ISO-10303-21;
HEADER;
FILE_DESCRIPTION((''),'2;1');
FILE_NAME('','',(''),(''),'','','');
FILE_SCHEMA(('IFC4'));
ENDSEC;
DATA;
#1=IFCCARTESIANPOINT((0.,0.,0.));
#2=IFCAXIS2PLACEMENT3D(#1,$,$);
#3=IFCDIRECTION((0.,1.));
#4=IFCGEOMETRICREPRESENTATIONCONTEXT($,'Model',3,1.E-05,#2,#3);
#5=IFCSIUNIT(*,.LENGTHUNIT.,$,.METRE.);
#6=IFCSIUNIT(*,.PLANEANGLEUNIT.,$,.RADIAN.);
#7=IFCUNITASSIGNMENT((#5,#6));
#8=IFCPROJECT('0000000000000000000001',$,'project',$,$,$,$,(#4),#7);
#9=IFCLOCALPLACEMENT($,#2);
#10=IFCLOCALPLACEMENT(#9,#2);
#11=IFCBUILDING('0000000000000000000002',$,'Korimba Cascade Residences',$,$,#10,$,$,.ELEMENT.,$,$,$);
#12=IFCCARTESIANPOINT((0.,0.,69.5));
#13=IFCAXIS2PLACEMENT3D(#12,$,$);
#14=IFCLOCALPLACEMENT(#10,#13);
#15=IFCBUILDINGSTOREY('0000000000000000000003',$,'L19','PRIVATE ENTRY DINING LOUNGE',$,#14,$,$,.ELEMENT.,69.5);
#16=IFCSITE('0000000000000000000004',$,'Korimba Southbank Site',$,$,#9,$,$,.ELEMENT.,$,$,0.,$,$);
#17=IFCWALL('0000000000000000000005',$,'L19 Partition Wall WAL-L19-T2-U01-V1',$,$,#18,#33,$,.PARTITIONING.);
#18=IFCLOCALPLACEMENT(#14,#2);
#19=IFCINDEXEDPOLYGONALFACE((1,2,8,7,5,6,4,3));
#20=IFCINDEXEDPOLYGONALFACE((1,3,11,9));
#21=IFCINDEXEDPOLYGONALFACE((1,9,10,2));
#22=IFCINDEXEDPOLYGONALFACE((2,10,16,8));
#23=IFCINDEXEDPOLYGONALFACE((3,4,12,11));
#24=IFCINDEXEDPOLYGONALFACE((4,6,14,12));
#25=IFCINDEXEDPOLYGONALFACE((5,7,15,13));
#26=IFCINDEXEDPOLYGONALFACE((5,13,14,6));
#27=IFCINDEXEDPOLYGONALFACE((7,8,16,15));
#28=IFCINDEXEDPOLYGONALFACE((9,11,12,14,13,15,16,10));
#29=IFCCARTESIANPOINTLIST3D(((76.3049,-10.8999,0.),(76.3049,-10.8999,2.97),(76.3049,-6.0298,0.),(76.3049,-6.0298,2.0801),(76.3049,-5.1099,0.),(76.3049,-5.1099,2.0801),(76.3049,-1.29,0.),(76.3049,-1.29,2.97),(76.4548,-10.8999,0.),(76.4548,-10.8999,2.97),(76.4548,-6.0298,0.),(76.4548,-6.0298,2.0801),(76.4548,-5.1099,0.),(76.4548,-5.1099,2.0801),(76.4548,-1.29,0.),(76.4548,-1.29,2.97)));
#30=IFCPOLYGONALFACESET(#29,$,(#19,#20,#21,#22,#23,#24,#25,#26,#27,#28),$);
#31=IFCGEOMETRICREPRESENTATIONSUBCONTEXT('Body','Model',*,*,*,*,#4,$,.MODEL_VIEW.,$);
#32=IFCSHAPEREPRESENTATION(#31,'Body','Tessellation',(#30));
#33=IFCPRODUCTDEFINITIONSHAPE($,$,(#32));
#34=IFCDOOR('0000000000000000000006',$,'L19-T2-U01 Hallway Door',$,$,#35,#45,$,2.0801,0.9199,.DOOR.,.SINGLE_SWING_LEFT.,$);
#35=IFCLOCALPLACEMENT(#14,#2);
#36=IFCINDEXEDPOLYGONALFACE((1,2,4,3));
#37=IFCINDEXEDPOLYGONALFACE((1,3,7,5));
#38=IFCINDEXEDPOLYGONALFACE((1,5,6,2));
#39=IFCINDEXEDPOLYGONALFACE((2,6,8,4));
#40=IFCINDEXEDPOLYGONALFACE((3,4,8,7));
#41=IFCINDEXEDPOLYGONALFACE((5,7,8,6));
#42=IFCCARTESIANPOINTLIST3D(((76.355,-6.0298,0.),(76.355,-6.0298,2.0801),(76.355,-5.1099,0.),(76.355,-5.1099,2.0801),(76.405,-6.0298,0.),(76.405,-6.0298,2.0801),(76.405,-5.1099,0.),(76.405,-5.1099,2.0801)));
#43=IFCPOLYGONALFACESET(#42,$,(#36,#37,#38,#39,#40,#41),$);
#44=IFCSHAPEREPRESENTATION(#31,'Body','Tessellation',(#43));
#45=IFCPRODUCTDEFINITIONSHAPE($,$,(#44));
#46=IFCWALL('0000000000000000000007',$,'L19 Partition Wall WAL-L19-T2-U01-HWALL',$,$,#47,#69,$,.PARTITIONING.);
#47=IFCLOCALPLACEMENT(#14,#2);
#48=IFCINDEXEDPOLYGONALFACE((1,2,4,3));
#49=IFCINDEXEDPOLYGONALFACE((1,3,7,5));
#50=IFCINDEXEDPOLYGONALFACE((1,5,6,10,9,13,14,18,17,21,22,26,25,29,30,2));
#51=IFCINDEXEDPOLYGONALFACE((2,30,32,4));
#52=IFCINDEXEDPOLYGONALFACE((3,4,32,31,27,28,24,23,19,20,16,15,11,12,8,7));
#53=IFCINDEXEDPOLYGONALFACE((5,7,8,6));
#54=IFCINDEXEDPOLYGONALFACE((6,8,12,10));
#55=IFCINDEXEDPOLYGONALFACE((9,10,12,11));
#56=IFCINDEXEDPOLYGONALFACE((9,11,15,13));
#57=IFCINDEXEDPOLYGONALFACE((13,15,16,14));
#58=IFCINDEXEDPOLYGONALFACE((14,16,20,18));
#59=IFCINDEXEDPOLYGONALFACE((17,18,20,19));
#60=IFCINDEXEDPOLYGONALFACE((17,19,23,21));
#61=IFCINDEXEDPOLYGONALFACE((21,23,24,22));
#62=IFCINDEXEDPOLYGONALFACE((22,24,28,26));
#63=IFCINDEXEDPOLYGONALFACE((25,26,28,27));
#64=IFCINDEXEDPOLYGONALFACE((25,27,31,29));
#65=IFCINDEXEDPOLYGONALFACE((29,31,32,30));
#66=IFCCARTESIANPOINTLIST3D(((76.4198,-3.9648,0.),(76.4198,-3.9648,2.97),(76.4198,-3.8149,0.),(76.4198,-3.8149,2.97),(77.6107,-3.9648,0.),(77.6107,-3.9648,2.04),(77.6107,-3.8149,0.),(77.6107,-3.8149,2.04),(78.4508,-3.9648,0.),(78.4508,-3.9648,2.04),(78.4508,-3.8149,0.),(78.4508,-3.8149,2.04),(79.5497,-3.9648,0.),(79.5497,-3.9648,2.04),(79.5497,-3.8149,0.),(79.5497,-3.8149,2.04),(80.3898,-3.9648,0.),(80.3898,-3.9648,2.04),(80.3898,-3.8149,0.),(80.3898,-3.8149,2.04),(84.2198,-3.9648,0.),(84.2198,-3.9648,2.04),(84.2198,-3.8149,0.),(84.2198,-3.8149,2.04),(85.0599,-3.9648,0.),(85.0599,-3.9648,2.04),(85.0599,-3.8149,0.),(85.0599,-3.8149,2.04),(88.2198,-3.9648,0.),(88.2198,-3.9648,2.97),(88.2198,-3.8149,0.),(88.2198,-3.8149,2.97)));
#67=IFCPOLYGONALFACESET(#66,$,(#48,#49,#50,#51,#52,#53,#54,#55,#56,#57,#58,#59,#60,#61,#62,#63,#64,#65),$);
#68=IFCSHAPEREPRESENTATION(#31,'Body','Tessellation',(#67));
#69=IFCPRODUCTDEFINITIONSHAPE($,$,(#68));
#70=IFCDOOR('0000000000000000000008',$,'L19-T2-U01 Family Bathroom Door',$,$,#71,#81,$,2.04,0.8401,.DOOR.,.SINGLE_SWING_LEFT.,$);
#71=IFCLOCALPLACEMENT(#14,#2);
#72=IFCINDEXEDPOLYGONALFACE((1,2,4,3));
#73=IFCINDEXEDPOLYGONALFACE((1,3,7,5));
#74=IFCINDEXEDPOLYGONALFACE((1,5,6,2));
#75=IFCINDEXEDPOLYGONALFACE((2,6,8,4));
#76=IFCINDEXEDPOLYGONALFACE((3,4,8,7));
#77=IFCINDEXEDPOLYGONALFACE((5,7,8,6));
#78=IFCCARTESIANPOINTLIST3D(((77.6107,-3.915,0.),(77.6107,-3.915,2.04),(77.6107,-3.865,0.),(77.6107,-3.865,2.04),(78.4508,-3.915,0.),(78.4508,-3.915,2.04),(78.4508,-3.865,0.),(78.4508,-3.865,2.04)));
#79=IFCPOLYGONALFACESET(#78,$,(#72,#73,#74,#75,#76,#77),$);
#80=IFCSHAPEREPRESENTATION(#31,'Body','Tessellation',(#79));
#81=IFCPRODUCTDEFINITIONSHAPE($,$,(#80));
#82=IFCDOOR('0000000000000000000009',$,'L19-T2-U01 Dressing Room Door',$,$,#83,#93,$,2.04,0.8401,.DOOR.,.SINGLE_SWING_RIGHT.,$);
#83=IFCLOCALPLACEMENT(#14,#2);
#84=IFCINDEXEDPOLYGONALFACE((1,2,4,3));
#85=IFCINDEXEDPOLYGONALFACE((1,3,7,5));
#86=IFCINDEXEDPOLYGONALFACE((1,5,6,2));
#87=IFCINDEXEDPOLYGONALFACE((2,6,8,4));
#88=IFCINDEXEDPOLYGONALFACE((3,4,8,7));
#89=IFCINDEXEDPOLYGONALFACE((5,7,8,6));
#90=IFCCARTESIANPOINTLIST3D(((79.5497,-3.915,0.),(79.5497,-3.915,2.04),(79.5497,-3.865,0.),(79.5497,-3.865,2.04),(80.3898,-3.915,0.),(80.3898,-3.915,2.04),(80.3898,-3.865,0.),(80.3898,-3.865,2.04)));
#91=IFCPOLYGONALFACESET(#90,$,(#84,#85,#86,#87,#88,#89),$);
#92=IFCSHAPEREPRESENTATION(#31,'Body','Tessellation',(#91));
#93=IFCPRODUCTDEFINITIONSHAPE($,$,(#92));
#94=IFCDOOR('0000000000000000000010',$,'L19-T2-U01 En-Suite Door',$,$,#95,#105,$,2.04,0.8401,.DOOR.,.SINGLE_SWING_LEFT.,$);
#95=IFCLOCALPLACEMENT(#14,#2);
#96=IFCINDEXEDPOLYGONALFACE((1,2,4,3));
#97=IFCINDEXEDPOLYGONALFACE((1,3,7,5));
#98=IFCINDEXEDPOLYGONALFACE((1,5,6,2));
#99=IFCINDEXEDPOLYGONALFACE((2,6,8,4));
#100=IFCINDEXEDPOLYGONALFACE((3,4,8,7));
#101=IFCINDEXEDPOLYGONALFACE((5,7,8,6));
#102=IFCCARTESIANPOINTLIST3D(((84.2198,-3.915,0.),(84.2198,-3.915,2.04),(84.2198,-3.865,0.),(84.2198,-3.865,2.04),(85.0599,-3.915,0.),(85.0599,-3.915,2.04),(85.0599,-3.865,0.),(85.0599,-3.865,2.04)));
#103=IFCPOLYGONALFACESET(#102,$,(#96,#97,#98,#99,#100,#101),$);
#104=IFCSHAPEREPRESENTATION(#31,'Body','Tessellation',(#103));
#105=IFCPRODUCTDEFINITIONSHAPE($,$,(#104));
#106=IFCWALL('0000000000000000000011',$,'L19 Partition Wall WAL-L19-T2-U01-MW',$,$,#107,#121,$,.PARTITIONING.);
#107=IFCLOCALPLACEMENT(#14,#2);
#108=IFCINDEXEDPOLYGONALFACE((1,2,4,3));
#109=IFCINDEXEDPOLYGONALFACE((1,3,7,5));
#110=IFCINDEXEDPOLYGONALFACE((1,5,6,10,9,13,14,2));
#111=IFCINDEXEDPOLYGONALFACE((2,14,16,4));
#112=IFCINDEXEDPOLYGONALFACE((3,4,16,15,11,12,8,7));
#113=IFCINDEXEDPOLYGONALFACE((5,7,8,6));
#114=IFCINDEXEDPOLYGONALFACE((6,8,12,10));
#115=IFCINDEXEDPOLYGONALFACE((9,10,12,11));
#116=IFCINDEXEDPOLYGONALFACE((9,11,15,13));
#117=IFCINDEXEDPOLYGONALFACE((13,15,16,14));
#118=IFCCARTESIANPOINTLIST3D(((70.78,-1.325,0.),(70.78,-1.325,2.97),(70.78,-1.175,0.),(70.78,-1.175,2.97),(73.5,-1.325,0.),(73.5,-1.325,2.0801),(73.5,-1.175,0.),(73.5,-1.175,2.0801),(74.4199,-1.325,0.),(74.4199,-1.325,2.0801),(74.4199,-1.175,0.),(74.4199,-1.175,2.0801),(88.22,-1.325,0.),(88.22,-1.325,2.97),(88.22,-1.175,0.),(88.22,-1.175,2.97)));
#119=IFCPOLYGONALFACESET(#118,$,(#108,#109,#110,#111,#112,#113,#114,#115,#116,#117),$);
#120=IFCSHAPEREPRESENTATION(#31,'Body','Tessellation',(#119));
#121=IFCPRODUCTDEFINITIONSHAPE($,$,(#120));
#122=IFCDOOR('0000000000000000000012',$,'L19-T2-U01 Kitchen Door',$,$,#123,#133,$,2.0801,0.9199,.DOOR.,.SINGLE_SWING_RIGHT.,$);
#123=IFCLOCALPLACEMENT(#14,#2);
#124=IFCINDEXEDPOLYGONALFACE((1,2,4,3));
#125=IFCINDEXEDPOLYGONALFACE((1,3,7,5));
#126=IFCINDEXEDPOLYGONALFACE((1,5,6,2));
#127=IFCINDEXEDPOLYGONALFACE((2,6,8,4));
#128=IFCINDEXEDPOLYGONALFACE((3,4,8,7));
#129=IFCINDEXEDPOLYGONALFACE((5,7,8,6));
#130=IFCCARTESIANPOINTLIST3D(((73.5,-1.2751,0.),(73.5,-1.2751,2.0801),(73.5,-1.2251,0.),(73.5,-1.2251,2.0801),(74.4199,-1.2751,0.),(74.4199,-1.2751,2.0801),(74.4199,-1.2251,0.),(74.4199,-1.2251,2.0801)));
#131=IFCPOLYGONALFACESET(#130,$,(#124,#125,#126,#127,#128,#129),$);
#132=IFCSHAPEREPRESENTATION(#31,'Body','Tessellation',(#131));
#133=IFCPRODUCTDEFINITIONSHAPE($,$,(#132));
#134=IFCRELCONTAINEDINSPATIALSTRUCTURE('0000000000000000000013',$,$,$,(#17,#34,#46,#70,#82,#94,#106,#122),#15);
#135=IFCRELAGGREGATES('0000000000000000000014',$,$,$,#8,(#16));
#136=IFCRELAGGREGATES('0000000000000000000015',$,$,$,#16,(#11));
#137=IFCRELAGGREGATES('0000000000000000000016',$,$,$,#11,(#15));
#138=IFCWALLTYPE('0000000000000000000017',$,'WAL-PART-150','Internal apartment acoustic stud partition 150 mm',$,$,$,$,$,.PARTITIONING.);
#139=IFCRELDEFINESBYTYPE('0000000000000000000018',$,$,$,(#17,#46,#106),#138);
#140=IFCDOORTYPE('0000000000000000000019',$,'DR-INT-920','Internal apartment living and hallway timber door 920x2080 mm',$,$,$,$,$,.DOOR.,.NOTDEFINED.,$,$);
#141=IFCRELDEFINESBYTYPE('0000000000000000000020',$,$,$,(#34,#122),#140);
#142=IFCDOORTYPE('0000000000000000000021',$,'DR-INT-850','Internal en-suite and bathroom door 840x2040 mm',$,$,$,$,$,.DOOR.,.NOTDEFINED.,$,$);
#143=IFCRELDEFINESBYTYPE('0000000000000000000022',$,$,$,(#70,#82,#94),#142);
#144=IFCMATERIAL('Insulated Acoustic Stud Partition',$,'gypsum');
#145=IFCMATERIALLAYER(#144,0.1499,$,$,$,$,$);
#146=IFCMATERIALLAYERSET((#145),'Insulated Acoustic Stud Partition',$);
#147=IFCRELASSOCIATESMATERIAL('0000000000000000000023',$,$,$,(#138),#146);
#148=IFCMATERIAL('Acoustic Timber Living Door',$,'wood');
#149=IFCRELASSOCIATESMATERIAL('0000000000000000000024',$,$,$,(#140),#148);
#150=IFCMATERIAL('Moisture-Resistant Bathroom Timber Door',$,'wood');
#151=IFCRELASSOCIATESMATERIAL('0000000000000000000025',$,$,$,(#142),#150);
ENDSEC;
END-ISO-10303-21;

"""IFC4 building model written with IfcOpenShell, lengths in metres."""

from ifc_helpers import new_model, si_unit, direction, frame, frame_2d, origin, place, context, subcontext, project, spatial, rectangle, extrude, material, layer, layer_set, type_object, element, fill, save


model = new_model("IFC4")

# Units and contexts
model_context = context("Model", 3, precision=1e-05, world=origin(), true_north=direction((0.0, 1.0)))
body_context = subcontext(model_context, "Body", "Model", "MODEL_VIEW")
ifc_project = project(units=[si_unit("LENGTHUNIT", "METRE"), si_unit("PLANEANGLEUNIT", "RADIAN")], contexts=[model_context])

# Site, building, storey
site_placement = place(None, origin())
site = spatial("IfcSite", under=ifc_project, at=site_placement, Name="Korimba Southbank Site", CompositionType="ELEMENT", RefElevation=0.0)
building_placement = place(site_placement, origin())
building = spatial("IfcBuilding", under=site, at=building_placement, Name="Korimba Cascade Residences", CompositionType="ELEMENT")
storey_placement = place(building_placement, frame((0.0, 0.0, 69.5)))
storey = spatial("IfcBuildingStorey", under=building, at=storey_placement, Name="L19", Description="PRIVATE ENTRY DINING LOUNGE", CompositionType="ELEMENT", Elevation=69.5)

# Shared definitions
ifc_material_1 = material(Name="Insulated Acoustic Stud Partition", Category="gypsum")
ifc_layer_1 = layer(ifc_material_1, 0.1499)
ifc_layer_set_1 = layer_set([ifc_layer_1], Name="Insulated Acoustic Stud Partition")
wall_type_1 = type_object("IfcWallType", Name="WAL-PART-150", Description="Internal apartment acoustic stud partition 150 mm", PredefinedType="PARTITIONING", material=ifc_layer_set_1)

# Wall, opening, door
wall_1_placement = place(storey_placement, frame((76.3799, -10.8999, 0.0), z_axis=(0.0, 0.0, 1.0), x_axis=(0.0, 1.0, 0.0)))
wall_1 = element("IfcWall", 1, at=wall_1_placement, inside=storey, type_object=wall_type_1, Name="L19 Partition Wall WAL-L19-T2-U01-V1", PredefinedType="PARTITIONING", context=body_context, shape_type="SweptSolid", body=[
    extrude(rectangle(XDim=9.6099, YDim=0.1499, at=frame_2d((4.8049, 0.0))), origin(), (0.0, 0.0, 1.0), 2.97),
])
opening_1_placement = place(wall_1_placement, frame((4.8701, 0.0, 0.0)))
opening_1 = element("IfcOpeningElement", 2, at=opening_1_placement, cuts=wall_1, PredefinedType="OPENING", context=body_context, shape_type="SweptSolid", body=[
    extrude(rectangle(XDim=0.9199, YDim=2.0801, at=frame_2d((0.46, 1.04))), frame((0.0, 0.085, 0.0), z_axis=(0.0, -1.0, 0.0), x_axis=(1.0, 0.0, 0.0)), (0.0, 0.0, 1.0), 0.1699),
])
ifc_material_2 = material(Name="Acoustic Timber Living Door", Category="wood")
door_type_1 = type_object("IfcDoorType", Name="DR-INT-920", Description="Internal apartment living and hallway timber door 920x2080 mm", OperationType="NOTDEFINED", PredefinedType="DOOR", material=ifc_material_2)
door_1_placement = place(opening_1_placement, origin())
door_1 = element("IfcDoor", 3, at=door_1_placement, inside=storey, type_object=door_type_1, Name="L19-T2-U01 Hallway Door", OperationType="SINGLE_SWING_LEFT", OverallHeight=2.0801, OverallWidth=0.9199, PredefinedType="DOOR", context=body_context, shape_type="SweptSolid", body=[
    extrude(rectangle(XDim=0.9199, YDim=2.0801, at=frame_2d((0.46, 1.04))), frame((0.0, 0.0249, 0.0), z_axis=(0.0, -1.0, 0.0), x_axis=(1.0, 0.0, 0.0)), (0.0, 0.0, 1.0), 0.05),
])
fill(opening_1, door_1)

# Wall, openings, doors
wall_2_placement = place(storey_placement, frame((76.4199, -3.8899, 0.0), z_axis=(0.0, 0.0, 1.0), x_axis=(1.0, 0.0, 0.0)))
wall_2 = element("IfcWall", 4, at=wall_2_placement, inside=storey, type_object=wall_type_1, Name="L19 Partition Wall WAL-L19-T2-U01-HWALL", PredefinedType="PARTITIONING", context=body_context, shape_type="SweptSolid", body=[
    extrude(rectangle(XDim=11.8, YDim=0.1499, at=frame_2d((5.8999, 0.0))), origin(), (0.0, 0.0, 1.0), 2.97),
])
opening_2_placement = place(wall_2_placement, frame((1.1909, 0.0, 0.0)))
opening_2 = element("IfcOpeningElement", 5, at=opening_2_placement, cuts=wall_2, PredefinedType="OPENING", context=body_context, shape_type="SweptSolid", body=[
    extrude(rectangle(XDim=0.8401, YDim=2.04, at=frame_2d((0.4199, 1.02))), frame((0.0, 0.085, 0.0), z_axis=(0.0, -1.0, 0.0), x_axis=(1.0, 0.0, 0.0)), (0.0, 0.0, 1.0), 0.1699),
])
opening_3_placement = place(wall_2_placement, frame((3.1299, 0.0, 0.0)))
opening_3 = element("IfcOpeningElement", 6, at=opening_3_placement, cuts=wall_2, PredefinedType="OPENING", context=body_context, shape_type="SweptSolid", body=[
    extrude(rectangle(XDim=0.8401, YDim=2.04, at=frame_2d((0.4199, 1.02))), frame((0.0, 0.085, 0.0), z_axis=(0.0, -1.0, 0.0), x_axis=(1.0, 0.0, 0.0)), (0.0, 0.0, 1.0), 0.1699),
])
opening_4_placement = place(wall_2_placement, frame((7.8, 0.0, 0.0)))
opening_4 = element("IfcOpeningElement", 7, at=opening_4_placement, cuts=wall_2, PredefinedType="OPENING", context=body_context, shape_type="SweptSolid", body=[
    extrude(rectangle(XDim=0.8401, YDim=2.04, at=frame_2d((0.4199, 1.02))), frame((0.0, 0.085, 0.0), z_axis=(0.0, -1.0, 0.0), x_axis=(1.0, 0.0, 0.0)), (0.0, 0.0, 1.0), 0.1699),
])
ifc_material_3 = material(Name="Moisture-Resistant Bathroom Timber Door", Category="wood")
door_type_2 = type_object("IfcDoorType", Name="DR-INT-850", Description="Internal en-suite and bathroom door 840x2040 mm", OperationType="NOTDEFINED", PredefinedType="DOOR", material=ifc_material_3)
door_2_placement = place(opening_2_placement, origin())
door_2 = element("IfcDoor", 8, at=door_2_placement, inside=storey, type_object=door_type_2, Name="L19-T2-U01 Family Bathroom Door", OperationType="SINGLE_SWING_LEFT", OverallHeight=2.04, OverallWidth=0.8401, PredefinedType="DOOR", context=body_context, shape_type="SweptSolid", body=[
    extrude(rectangle(XDim=0.8401, YDim=2.04, at=frame_2d((0.4199, 1.02))), frame((0.0, 0.0249, 0.0), z_axis=(0.0, -1.0, 0.0), x_axis=(1.0, 0.0, 0.0)), (0.0, 0.0, 1.0), 0.05),
])
fill(opening_2, door_2)
door_3_placement = place(opening_3_placement, origin())
door_3 = element("IfcDoor", 9, at=door_3_placement, inside=storey, type_object=door_type_2, Name="L19-T2-U01 Dressing Room Door", OperationType="SINGLE_SWING_RIGHT", OverallHeight=2.04, OverallWidth=0.8401, PredefinedType="DOOR", context=body_context, shape_type="SweptSolid", body=[
    extrude(rectangle(XDim=0.8401, YDim=2.04, at=frame_2d((0.4199, 1.02))), frame((0.0, 0.0249, 0.0), z_axis=(0.0, -1.0, 0.0), x_axis=(1.0, 0.0, 0.0)), (0.0, 0.0, 1.0), 0.05),
])
fill(opening_3, door_3)
door_4_placement = place(opening_4_placement, origin())
door_4 = element("IfcDoor", 10, at=door_4_placement, inside=storey, type_object=door_type_2, Name="L19-T2-U01 En-Suite Door", OperationType="SINGLE_SWING_LEFT", OverallHeight=2.04, OverallWidth=0.8401, PredefinedType="DOOR", context=body_context, shape_type="SweptSolid", body=[
    extrude(rectangle(XDim=0.8401, YDim=2.04, at=frame_2d((0.4199, 1.02))), frame((0.0, 0.0249, 0.0), z_axis=(0.0, -1.0, 0.0), x_axis=(1.0, 0.0, 0.0)), (0.0, 0.0, 1.0), 0.05),
])
fill(opening_4, door_4)

# Wall, opening, door
wall_3_placement = place(storey_placement, frame((70.78, -1.25, 0.0), z_axis=(0.0, 0.0, 1.0), x_axis=(1.0, 0.0, 0.0)))
wall_3 = element("IfcWall", 11, at=wall_3_placement, inside=storey, type_object=wall_type_1, Name="L19 Partition Wall WAL-L19-T2-U01-MW", PredefinedType="PARTITIONING", context=body_context, shape_type="SweptSolid", body=[
    extrude(rectangle(XDim=17.4399, YDim=0.1499, at=frame_2d((8.72, 0.0))), origin(), (0.0, 0.0, 1.0), 2.97),
])
opening_5_placement = place(wall_3_placement, frame((2.72, 0.0, 0.0)))
opening_5 = element("IfcOpeningElement", 12, at=opening_5_placement, cuts=wall_3, PredefinedType="OPENING", context=body_context, shape_type="SweptSolid", body=[
    extrude(rectangle(XDim=0.9199, YDim=2.0801, at=frame_2d((0.46, 1.04))), frame((0.0, 0.085, 0.0), z_axis=(0.0, -1.0, 0.0), x_axis=(1.0, 0.0, 0.0)), (0.0, 0.0, 1.0), 0.1699),
])
door_5_placement = place(opening_5_placement, origin())
door_5 = element("IfcDoor", 13, at=door_5_placement, inside=storey, type_object=door_type_1, Name="L19-T2-U01 Kitchen Door", OperationType="SINGLE_SWING_RIGHT", OverallHeight=2.0801, OverallWidth=0.9199, PredefinedType="DOOR", context=body_context, shape_type="SweptSolid", body=[
    extrude(rectangle(XDim=0.9199, YDim=2.0801, at=frame_2d((0.46, 1.04))), frame((0.0, 0.0249, 0.0), z_axis=(0.0, -1.0, 0.0), x_axis=(1.0, 0.0, 0.0)), (0.0, 0.0, 1.0), 0.05),
])
fill(opening_5, door_5)

save(model, "model.ifc")
